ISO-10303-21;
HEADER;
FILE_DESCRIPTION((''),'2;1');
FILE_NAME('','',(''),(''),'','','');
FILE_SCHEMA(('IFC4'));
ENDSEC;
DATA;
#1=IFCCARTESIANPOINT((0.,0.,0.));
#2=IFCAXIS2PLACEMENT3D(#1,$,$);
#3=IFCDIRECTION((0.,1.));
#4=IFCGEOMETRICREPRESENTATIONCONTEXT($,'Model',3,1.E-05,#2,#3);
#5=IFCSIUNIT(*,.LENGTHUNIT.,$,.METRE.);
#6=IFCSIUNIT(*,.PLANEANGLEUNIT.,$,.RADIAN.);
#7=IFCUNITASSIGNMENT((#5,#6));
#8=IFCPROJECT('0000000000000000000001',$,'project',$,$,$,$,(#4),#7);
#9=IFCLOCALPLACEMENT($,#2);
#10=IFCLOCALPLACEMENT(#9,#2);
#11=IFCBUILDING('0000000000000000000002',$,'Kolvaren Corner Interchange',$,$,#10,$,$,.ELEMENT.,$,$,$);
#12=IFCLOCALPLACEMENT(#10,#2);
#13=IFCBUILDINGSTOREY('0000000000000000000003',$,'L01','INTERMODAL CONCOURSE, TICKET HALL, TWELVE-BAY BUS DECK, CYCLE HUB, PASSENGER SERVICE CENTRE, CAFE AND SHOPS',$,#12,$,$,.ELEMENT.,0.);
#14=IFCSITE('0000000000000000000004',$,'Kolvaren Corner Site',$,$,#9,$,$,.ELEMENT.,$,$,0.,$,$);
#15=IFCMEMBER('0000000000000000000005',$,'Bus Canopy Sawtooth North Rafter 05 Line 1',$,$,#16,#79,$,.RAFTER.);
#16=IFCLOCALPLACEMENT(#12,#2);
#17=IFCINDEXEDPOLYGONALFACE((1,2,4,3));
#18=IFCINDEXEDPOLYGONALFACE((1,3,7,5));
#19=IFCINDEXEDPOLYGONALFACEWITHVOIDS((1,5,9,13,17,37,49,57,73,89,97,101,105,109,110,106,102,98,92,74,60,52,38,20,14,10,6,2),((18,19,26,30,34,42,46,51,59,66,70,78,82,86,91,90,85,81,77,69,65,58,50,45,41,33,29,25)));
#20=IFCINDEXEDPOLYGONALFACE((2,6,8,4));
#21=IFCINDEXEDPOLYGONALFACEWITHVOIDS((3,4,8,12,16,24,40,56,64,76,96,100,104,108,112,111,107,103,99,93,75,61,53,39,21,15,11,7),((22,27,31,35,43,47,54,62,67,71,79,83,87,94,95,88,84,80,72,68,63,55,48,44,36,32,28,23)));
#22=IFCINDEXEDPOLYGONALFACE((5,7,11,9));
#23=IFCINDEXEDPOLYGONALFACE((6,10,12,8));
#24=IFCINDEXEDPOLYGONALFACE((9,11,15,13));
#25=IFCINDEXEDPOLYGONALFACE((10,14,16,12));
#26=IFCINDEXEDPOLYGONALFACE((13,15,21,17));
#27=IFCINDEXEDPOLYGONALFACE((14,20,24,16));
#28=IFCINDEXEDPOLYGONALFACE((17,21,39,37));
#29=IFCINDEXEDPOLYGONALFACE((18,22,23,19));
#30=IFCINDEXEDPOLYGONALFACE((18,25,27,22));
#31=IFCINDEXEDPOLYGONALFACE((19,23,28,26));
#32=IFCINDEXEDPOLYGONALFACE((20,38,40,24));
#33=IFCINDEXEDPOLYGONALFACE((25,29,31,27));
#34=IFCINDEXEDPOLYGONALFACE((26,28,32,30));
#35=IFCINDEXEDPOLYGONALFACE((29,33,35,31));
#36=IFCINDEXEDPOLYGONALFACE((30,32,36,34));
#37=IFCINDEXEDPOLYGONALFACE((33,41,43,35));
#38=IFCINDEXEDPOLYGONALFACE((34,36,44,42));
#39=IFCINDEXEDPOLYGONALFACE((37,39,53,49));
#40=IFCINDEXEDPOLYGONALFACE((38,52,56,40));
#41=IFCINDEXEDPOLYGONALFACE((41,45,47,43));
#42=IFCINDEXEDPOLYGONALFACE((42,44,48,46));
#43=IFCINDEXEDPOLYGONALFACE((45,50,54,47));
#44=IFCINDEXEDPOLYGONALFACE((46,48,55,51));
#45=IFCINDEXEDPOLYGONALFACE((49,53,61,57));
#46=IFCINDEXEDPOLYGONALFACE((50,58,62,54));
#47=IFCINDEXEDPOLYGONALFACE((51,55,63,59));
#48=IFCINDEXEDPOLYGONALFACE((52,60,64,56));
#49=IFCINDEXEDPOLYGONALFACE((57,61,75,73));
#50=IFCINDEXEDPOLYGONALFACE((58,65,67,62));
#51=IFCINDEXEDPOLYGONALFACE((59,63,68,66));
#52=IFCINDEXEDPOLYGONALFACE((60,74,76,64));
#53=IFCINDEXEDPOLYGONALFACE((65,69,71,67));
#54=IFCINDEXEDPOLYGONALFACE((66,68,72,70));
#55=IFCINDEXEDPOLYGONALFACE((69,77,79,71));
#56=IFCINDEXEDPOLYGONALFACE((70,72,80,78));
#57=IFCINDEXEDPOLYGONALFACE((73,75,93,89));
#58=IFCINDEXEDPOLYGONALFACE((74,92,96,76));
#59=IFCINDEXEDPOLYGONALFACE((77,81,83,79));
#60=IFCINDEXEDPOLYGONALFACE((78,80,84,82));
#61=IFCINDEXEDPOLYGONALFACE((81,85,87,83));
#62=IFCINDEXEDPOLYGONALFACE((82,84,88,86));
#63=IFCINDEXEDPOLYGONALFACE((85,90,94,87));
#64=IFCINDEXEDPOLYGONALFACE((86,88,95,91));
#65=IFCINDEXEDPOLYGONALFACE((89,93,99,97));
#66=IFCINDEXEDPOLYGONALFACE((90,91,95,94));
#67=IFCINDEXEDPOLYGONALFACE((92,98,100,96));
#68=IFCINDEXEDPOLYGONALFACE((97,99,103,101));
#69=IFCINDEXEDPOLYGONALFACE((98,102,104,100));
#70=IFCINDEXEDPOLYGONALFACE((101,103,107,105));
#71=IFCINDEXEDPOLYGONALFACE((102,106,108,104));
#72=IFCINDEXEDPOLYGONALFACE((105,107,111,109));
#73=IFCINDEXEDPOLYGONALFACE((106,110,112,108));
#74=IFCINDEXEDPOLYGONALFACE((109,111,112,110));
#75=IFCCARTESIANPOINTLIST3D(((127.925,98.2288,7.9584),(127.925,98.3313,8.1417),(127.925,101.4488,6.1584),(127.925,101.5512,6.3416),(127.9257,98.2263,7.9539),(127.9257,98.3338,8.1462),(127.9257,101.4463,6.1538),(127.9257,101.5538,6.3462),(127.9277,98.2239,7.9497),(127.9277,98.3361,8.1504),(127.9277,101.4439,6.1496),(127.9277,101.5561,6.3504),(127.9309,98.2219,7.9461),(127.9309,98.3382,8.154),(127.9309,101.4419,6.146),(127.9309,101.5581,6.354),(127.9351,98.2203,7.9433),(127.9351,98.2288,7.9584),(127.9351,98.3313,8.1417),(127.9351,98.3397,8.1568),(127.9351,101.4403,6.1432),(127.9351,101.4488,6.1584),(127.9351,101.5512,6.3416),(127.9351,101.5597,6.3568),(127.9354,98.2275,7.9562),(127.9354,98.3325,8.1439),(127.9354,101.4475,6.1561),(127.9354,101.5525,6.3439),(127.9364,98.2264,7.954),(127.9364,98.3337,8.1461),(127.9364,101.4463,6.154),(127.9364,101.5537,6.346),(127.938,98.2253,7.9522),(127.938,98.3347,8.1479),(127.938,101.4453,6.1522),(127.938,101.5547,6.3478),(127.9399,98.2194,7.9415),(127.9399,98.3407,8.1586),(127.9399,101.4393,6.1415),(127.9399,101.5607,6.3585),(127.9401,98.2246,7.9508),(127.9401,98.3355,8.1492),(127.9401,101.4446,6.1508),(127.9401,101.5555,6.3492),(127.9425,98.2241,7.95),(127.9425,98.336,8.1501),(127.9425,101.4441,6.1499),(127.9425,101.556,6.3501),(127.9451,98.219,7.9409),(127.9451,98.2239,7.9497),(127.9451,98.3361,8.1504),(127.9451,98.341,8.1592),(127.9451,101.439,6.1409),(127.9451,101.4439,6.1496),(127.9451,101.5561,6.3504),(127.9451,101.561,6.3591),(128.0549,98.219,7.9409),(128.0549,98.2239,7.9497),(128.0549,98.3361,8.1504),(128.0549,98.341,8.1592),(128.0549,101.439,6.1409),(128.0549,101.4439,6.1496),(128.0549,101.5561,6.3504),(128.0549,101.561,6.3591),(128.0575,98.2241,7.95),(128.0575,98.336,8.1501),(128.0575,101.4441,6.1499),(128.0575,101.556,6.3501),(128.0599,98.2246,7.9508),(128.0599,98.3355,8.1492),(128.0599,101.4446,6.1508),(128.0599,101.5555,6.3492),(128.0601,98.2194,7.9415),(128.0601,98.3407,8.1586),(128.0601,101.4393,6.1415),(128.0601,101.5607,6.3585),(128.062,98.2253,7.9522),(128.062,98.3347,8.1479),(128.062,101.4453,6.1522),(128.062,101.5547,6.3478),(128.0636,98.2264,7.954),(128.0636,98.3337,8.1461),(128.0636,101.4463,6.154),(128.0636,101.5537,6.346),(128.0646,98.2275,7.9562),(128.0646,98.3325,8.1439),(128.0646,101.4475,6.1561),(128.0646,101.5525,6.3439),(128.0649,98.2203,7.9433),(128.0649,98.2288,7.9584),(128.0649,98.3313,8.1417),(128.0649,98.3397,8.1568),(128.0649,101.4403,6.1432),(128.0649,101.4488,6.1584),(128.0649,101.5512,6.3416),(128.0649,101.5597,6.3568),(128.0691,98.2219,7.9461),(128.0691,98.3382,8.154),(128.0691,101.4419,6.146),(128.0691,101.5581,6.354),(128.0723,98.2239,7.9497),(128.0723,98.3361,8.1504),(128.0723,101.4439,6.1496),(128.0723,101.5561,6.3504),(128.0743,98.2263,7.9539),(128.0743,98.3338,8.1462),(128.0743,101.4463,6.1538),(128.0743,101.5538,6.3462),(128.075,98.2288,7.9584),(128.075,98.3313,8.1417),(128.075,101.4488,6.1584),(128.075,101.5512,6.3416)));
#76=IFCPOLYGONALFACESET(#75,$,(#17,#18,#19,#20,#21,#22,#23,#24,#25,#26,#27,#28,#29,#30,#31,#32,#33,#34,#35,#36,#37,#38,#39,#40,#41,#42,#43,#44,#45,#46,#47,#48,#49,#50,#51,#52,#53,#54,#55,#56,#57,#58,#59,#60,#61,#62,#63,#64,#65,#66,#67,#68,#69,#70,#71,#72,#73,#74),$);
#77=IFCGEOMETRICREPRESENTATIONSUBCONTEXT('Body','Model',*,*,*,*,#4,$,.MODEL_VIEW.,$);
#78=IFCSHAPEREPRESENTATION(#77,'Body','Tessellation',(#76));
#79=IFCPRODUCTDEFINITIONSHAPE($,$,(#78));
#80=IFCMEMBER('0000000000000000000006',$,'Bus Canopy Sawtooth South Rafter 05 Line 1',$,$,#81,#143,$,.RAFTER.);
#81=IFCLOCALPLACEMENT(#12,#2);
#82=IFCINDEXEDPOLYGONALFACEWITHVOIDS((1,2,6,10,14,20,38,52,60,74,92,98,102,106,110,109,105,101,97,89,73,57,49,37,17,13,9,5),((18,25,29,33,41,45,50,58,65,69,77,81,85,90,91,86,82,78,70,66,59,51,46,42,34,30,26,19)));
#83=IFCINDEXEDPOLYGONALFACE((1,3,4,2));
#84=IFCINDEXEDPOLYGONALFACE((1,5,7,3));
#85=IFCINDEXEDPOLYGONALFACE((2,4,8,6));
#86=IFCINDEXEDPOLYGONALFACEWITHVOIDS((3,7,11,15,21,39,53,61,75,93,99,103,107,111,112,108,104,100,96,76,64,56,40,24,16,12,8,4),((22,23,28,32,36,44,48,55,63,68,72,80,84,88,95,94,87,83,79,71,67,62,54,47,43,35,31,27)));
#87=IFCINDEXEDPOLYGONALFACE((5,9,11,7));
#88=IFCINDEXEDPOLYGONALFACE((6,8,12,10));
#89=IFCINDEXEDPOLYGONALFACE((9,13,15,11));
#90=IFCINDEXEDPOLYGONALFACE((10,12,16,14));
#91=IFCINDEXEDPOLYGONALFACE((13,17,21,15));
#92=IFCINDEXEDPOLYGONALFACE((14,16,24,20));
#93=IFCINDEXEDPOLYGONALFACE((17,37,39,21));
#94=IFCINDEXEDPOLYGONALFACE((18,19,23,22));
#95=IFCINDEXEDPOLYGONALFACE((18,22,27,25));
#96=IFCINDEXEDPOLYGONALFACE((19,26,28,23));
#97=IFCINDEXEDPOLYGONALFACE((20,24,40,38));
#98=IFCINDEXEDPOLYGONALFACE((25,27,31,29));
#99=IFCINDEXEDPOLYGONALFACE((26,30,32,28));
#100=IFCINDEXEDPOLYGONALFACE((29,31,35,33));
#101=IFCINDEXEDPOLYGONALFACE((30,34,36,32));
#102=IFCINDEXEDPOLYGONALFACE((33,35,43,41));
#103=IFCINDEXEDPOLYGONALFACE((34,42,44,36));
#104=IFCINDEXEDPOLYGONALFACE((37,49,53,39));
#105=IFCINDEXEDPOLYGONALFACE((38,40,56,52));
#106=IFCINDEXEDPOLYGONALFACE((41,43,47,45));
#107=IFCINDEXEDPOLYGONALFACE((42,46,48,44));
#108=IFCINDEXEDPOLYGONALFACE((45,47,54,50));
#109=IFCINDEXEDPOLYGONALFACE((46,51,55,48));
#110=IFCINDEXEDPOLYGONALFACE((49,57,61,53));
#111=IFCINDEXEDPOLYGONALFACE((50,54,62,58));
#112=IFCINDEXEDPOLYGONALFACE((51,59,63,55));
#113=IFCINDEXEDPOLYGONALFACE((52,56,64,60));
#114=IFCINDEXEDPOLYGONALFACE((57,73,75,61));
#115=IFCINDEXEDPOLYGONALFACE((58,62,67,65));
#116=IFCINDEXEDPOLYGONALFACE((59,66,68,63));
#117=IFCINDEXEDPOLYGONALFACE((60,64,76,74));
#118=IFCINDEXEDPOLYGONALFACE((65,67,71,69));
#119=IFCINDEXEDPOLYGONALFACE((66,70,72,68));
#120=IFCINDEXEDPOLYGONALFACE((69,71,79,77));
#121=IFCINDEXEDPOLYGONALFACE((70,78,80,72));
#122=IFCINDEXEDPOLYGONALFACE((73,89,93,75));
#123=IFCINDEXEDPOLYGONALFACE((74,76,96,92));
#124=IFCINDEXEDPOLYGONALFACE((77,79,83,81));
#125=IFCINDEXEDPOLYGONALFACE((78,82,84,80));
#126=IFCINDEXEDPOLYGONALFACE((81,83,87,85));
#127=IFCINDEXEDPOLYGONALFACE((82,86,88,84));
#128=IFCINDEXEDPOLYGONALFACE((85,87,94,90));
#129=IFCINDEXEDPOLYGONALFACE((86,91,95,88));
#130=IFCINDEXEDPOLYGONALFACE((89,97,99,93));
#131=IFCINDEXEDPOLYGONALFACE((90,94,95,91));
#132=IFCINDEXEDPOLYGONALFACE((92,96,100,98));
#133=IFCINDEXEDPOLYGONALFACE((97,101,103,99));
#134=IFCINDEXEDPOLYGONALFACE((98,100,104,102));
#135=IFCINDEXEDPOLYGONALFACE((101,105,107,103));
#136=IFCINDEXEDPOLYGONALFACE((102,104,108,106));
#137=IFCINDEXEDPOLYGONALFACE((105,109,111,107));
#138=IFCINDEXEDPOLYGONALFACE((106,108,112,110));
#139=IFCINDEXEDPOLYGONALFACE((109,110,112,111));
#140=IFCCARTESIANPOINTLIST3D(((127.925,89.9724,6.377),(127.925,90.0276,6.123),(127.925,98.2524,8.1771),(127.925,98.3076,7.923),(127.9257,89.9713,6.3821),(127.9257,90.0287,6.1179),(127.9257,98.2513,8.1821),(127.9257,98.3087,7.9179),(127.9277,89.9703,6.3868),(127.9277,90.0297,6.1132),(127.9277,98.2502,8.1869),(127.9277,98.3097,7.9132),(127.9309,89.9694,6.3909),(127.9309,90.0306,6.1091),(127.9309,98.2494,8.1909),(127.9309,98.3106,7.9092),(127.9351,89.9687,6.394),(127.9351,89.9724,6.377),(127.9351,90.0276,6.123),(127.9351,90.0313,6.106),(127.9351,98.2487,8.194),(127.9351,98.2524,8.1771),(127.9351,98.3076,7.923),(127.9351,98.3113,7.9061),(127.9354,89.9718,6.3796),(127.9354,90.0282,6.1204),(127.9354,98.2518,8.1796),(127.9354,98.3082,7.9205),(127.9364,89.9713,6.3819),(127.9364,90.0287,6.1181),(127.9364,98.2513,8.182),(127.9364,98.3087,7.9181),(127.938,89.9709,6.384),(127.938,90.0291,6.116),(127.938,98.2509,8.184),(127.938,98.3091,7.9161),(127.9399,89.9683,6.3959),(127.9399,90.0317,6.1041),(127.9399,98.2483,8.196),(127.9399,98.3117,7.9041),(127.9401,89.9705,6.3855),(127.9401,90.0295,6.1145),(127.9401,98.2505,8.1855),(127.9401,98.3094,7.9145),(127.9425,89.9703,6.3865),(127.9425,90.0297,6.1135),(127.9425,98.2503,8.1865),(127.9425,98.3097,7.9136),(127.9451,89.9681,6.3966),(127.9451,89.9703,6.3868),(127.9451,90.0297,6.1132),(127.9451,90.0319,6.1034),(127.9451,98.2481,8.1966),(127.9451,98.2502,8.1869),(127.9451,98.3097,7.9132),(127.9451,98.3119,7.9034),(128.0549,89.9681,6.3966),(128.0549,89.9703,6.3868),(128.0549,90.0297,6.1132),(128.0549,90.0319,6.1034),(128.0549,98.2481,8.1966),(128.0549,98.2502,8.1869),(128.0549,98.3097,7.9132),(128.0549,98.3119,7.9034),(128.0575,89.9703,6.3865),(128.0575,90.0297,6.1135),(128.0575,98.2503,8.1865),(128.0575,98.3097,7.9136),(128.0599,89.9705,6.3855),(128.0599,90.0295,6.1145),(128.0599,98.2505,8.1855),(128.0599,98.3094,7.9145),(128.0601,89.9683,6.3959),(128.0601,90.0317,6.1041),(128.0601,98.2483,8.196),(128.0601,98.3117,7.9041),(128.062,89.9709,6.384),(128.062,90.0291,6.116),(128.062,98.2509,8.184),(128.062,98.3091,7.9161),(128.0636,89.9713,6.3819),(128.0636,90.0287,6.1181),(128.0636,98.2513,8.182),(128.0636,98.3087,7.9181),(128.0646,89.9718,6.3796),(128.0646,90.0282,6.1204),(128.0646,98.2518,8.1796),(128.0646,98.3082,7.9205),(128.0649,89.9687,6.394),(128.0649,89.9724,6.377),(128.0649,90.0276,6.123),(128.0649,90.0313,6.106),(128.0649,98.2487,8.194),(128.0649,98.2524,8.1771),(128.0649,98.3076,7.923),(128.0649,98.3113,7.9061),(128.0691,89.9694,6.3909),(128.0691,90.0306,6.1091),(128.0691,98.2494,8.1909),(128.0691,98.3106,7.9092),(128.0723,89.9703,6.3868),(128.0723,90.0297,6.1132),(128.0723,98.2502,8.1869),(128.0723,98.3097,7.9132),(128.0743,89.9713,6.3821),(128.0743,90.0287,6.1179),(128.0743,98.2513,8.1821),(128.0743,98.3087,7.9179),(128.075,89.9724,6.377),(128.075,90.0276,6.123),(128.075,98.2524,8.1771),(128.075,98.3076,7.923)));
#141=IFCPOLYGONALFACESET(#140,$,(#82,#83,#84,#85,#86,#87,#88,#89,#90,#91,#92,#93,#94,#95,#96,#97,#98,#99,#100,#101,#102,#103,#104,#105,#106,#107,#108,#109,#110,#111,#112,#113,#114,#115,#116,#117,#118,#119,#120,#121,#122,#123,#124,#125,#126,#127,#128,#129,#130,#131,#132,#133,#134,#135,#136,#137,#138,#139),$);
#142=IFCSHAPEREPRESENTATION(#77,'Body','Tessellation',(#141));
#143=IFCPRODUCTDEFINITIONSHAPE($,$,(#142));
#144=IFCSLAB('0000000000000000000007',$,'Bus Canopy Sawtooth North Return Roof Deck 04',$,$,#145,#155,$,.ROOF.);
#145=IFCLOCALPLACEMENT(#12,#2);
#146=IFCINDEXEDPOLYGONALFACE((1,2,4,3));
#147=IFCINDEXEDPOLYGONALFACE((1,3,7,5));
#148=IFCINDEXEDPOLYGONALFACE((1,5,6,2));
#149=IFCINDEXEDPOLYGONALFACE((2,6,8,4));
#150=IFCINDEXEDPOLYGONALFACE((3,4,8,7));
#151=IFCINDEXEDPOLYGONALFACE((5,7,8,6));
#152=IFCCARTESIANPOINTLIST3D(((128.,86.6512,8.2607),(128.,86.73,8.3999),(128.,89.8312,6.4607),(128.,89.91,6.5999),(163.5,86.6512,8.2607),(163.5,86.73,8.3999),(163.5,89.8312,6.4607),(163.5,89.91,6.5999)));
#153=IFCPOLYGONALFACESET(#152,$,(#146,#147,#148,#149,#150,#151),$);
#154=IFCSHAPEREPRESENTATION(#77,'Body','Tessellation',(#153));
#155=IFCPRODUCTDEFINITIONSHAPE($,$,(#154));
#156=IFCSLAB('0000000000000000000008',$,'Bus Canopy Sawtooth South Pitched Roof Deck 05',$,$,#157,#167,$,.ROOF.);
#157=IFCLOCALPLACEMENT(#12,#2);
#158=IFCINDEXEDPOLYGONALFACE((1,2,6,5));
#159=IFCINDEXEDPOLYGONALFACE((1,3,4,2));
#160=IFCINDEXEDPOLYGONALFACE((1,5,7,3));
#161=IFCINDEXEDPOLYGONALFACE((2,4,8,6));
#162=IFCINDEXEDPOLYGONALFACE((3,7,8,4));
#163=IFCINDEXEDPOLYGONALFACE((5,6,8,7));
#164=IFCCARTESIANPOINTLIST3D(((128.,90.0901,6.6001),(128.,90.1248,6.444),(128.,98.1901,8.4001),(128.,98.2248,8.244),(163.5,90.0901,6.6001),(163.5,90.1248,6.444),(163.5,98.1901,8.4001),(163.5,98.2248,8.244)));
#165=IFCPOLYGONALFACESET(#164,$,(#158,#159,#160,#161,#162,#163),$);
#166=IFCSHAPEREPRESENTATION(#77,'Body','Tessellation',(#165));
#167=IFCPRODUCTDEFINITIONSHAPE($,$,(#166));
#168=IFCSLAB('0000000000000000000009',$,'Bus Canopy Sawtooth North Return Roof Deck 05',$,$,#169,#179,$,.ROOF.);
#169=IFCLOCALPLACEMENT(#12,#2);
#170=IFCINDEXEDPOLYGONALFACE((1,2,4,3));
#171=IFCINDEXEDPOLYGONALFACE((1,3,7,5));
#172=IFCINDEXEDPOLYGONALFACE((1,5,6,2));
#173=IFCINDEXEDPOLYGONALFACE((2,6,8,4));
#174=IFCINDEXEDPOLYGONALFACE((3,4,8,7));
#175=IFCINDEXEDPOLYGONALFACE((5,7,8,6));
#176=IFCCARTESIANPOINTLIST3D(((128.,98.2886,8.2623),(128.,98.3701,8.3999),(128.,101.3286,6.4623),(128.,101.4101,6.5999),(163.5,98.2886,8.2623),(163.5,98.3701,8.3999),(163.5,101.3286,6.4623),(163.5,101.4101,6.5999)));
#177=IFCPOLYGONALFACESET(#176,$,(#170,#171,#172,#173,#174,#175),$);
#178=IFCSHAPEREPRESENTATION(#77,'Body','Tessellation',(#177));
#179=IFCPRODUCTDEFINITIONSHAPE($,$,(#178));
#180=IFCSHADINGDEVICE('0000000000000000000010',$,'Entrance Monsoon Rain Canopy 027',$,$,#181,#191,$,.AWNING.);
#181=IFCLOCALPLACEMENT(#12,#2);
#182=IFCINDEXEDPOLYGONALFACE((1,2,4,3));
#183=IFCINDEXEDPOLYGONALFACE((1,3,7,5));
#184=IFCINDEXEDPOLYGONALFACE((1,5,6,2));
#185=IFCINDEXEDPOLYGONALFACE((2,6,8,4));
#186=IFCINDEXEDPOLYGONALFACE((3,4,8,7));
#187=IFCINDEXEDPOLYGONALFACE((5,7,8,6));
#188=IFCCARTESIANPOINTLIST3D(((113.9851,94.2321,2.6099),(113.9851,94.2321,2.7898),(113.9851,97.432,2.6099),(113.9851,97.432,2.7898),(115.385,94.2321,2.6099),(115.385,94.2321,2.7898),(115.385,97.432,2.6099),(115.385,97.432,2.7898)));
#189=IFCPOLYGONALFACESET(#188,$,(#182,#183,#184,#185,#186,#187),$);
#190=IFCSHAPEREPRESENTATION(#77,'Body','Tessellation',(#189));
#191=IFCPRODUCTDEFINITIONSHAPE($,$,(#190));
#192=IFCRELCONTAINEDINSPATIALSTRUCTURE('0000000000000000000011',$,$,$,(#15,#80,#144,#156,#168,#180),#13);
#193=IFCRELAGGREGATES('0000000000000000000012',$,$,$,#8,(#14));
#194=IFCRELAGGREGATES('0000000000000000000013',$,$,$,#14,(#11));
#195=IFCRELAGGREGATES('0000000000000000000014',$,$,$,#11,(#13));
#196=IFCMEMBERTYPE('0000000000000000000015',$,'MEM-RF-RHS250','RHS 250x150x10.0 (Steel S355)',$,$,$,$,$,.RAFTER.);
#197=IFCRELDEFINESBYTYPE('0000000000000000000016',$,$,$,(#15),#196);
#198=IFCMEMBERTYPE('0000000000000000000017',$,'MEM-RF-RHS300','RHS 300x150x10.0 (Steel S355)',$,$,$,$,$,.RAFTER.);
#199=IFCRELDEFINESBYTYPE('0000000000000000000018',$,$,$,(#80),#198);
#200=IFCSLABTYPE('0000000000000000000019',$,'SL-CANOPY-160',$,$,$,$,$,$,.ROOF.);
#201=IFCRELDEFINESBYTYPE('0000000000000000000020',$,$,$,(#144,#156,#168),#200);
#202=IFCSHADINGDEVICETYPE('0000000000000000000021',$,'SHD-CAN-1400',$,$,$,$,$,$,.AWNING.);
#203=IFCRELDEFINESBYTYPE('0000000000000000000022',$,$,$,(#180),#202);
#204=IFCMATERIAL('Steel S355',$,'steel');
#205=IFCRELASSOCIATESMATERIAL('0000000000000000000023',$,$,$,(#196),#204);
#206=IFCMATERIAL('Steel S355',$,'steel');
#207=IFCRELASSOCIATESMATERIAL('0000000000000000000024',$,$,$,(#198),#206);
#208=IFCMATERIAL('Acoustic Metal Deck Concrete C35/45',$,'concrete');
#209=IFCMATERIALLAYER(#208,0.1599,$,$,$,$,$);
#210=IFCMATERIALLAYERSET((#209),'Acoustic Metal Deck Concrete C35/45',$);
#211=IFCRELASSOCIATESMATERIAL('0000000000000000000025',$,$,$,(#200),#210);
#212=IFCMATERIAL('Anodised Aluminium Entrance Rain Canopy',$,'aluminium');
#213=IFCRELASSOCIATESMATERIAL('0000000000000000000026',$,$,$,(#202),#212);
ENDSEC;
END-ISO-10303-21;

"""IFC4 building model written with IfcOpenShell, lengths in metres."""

from ifc_helpers import new_model, si_unit, direction, frame, origin, origin_2d, place, context, subcontext, project, spatial, polyline, rectangle, hollow_rectangle, outline, extrude, material, layer, layer_set, material_profile, profile_set, type_object, element, save


model = new_model("IFC4")

# Units and contexts
model_context = context("Model", 3, precision=1e-05, world=origin(), true_north=direction((0.0, 1.0)))
body_context = subcontext(model_context, "Body", "Model", "MODEL_VIEW")
ifc_project = project(units=[si_unit("LENGTHUNIT", "METRE"), si_unit("PLANEANGLEUNIT", "RADIAN")], contexts=[model_context])

# Site, building, storey
site_placement = place(None, origin())
site = spatial("IfcSite", under=ifc_project, at=site_placement, Name="Kolvaren Corner Site", CompositionType="ELEMENT", RefElevation=0.0)
building_placement = place(site_placement, origin())
building = spatial("IfcBuilding", under=site, at=building_placement, Name="Kolvaren Corner Interchange", CompositionType="ELEMENT")
storey_placement = place(building_placement, origin())
storey = spatial("IfcBuildingStorey", under=building, at=storey_placement, Name="L01", Description="INTERMODAL CONCOURSE, TICKET HALL, TWELVE-BAY BUS DECK, CYCLE HUB, PASSENGER SERVICE CENTRE, CAFE AND SHOPS", CompositionType="ELEMENT", Elevation=0.0)

# Members
ifc_material_1 = material(Name="Steel S355", Category="steel")
ifc_material_profile_1 = material_profile(ifc_material_1, hollow_rectangle(XDim=0.1499, YDim=0.25, WallThickness=0.01, InnerFilletRadius=0.01, OuterFilletRadius=0.02, at=origin_2d()), Name="RHS 250x150x10.0")
ifc_profile_set_1 = profile_set([ifc_material_profile_1], Name="Steel S355")
member_type_1 = type_object("IfcMemberType", Name="MEM-RF-RHS250", Description="RHS 250x150x10.0 (Steel S355)", PredefinedType="RAFTER", material=ifc_profile_set_1)
member_1_placement = place(storey_placement, frame((128.0, 98.28, 8.05), z_axis=(0.0, 0.872868, -0.487956), x_axis=(-1.0, 0.0, 0.0)))
element("IfcMember", 1, at=member_1_placement, inside=storey, type_object=member_type_1, Name="Bus Canopy Sawtooth North Rafter 05 Line 1", PredefinedType="RAFTER", context=body_context, shape_type="SweptSolid", body=[
    extrude(hollow_rectangle(XDim=0.1499, YDim=0.25, WallThickness=0.01, InnerFilletRadius=0.01, OuterFilletRadius=0.02, at=origin_2d()), origin(), (0.0, 0.0, 1.0), 3.689),
])
ifc_material_2 = material(Name="Steel S355", Category="steel")
ifc_material_profile_2 = material_profile(ifc_material_2, hollow_rectangle(XDim=0.1499, YDim=0.3, WallThickness=0.01, InnerFilletRadius=0.01, OuterFilletRadius=0.02, at=origin_2d()), Name="RHS 300x150x10.0")
ifc_profile_set_2 = profile_set([ifc_material_profile_2], Name="Steel S355")
member_type_2 = type_object("IfcMemberType", Name="MEM-RF-RHS300", Description="RHS 300x150x10.0 (Steel S355)", PredefinedType="RAFTER", material=ifc_profile_set_2)
member_2_placement = place(storey_placement, frame((128.0, 90.0, 6.25), z_axis=(0.0, 0.977175, 0.212434), x_axis=(-1.0, 0.0, 0.0)))
element("IfcMember", 2, at=member_2_placement, inside=storey, type_object=member_type_2, Name="Bus Canopy Sawtooth South Rafter 05 Line 1", PredefinedType="RAFTER", context=body_context, shape_type="SweptSolid", body=[
    extrude(hollow_rectangle(XDim=0.1499, YDim=0.3, WallThickness=0.01, InnerFilletRadius=0.01, OuterFilletRadius=0.02, at=origin_2d()), origin(), (0.0, 0.0, 1.0), 8.4734),
])

# Slabs
ifc_material_3 = material(Name="Acoustic Metal Deck Concrete C35/45", Category="concrete")
ifc_layer = layer(ifc_material_3, 0.1599)
ifc_layer_set = layer_set([ifc_layer], Name="Acoustic Metal Deck Concrete C35/45")
slab_type = type_object("IfcSlabType", Name="SL-CANOPY-160", PredefinedType="ROOF", material=ifc_layer_set)
slab_1_placement = place(storey_placement, frame((128.0, 86.73, 8.3999), z_axis=(0.0, 0.492598, 0.870257), x_axis=(1.0, 0.0, 0.0)))
element("IfcSlab", 3, at=slab_1_placement, inside=storey, type_object=slab_type, Name="Bus Canopy Sawtooth North Return Roof Deck 04", PredefinedType="ROOF", context=body_context, shape_type="SweptSolid", body=[
    extrude(outline(polyline([(0.0, 0.0), (35.5, 0.0), (35.5, 3.6541), (0.0, 3.6541), (0.0, 0.0)])), origin(), (0.0, 0.0, -1.0), 0.1599),
])
slab_2_placement = place(storey_placement, frame((128.0, 90.0901, 6.6001), z_axis=(0.0, -0.21693, 0.976187), x_axis=(1.0, 0.0, 0.0)))
element("IfcSlab", 4, at=slab_2_placement, inside=storey, type_object=slab_type, Name="Bus Canopy Sawtooth South Pitched Roof Deck 05", PredefinedType="ROOF", context=body_context, shape_type="SweptSolid", body=[
    extrude(outline(polyline([(0.0, 0.0), (35.5, 0.0), (35.5, 8.2976), (0.0, 8.2976), (0.0, 0.0)])), origin(), (0.0, 0.0, -1.0), 0.1599),
])
slab_3_placement = place(storey_placement, frame((128.0, 98.3701, 8.3999), z_axis=(0.0, 0.509492, 0.860475), x_axis=(1.0, 0.0, 0.0)))
element("IfcSlab", 5, at=slab_3_placement, inside=storey, type_object=slab_type, Name="Bus Canopy Sawtooth North Return Roof Deck 05", PredefinedType="ROOF", context=body_context, shape_type="SweptSolid", body=[
    extrude(outline(polyline([(0.0, 0.0), (35.5, 0.0), (35.5, 3.5329), (0.0, 3.5329), (0.0, 0.0)])), origin(), (0.0, 0.0, -1.0), 0.1599),
])

# Shading device
ifc_material_4 = material(Name="Anodised Aluminium Entrance Rain Canopy", Category="aluminium")
shading_device_type = type_object("IfcShadingDeviceType", Name="SHD-CAN-1400", PredefinedType="AWNING", material=ifc_material_4)
shading_device_placement = place(storey_placement, frame((114.6851, 95.832, 2.6099), z_axis=(0.0, 0.0, 1.0), x_axis=(0.0, 1.0, 0.0)))
element("IfcShadingDevice", 6, at=shading_device_placement, inside=storey, type_object=shading_device_type, Name="Entrance Monsoon Rain Canopy 027", PredefinedType="AWNING", context=body_context, shape_type="SweptSolid", body=[
    extrude(rectangle(XDim=3.2, YDim=1.3999, at=origin_2d()), origin(), (0.0, 0.0, 1.0), 0.1799),
])

save(model, "model.ifc")
